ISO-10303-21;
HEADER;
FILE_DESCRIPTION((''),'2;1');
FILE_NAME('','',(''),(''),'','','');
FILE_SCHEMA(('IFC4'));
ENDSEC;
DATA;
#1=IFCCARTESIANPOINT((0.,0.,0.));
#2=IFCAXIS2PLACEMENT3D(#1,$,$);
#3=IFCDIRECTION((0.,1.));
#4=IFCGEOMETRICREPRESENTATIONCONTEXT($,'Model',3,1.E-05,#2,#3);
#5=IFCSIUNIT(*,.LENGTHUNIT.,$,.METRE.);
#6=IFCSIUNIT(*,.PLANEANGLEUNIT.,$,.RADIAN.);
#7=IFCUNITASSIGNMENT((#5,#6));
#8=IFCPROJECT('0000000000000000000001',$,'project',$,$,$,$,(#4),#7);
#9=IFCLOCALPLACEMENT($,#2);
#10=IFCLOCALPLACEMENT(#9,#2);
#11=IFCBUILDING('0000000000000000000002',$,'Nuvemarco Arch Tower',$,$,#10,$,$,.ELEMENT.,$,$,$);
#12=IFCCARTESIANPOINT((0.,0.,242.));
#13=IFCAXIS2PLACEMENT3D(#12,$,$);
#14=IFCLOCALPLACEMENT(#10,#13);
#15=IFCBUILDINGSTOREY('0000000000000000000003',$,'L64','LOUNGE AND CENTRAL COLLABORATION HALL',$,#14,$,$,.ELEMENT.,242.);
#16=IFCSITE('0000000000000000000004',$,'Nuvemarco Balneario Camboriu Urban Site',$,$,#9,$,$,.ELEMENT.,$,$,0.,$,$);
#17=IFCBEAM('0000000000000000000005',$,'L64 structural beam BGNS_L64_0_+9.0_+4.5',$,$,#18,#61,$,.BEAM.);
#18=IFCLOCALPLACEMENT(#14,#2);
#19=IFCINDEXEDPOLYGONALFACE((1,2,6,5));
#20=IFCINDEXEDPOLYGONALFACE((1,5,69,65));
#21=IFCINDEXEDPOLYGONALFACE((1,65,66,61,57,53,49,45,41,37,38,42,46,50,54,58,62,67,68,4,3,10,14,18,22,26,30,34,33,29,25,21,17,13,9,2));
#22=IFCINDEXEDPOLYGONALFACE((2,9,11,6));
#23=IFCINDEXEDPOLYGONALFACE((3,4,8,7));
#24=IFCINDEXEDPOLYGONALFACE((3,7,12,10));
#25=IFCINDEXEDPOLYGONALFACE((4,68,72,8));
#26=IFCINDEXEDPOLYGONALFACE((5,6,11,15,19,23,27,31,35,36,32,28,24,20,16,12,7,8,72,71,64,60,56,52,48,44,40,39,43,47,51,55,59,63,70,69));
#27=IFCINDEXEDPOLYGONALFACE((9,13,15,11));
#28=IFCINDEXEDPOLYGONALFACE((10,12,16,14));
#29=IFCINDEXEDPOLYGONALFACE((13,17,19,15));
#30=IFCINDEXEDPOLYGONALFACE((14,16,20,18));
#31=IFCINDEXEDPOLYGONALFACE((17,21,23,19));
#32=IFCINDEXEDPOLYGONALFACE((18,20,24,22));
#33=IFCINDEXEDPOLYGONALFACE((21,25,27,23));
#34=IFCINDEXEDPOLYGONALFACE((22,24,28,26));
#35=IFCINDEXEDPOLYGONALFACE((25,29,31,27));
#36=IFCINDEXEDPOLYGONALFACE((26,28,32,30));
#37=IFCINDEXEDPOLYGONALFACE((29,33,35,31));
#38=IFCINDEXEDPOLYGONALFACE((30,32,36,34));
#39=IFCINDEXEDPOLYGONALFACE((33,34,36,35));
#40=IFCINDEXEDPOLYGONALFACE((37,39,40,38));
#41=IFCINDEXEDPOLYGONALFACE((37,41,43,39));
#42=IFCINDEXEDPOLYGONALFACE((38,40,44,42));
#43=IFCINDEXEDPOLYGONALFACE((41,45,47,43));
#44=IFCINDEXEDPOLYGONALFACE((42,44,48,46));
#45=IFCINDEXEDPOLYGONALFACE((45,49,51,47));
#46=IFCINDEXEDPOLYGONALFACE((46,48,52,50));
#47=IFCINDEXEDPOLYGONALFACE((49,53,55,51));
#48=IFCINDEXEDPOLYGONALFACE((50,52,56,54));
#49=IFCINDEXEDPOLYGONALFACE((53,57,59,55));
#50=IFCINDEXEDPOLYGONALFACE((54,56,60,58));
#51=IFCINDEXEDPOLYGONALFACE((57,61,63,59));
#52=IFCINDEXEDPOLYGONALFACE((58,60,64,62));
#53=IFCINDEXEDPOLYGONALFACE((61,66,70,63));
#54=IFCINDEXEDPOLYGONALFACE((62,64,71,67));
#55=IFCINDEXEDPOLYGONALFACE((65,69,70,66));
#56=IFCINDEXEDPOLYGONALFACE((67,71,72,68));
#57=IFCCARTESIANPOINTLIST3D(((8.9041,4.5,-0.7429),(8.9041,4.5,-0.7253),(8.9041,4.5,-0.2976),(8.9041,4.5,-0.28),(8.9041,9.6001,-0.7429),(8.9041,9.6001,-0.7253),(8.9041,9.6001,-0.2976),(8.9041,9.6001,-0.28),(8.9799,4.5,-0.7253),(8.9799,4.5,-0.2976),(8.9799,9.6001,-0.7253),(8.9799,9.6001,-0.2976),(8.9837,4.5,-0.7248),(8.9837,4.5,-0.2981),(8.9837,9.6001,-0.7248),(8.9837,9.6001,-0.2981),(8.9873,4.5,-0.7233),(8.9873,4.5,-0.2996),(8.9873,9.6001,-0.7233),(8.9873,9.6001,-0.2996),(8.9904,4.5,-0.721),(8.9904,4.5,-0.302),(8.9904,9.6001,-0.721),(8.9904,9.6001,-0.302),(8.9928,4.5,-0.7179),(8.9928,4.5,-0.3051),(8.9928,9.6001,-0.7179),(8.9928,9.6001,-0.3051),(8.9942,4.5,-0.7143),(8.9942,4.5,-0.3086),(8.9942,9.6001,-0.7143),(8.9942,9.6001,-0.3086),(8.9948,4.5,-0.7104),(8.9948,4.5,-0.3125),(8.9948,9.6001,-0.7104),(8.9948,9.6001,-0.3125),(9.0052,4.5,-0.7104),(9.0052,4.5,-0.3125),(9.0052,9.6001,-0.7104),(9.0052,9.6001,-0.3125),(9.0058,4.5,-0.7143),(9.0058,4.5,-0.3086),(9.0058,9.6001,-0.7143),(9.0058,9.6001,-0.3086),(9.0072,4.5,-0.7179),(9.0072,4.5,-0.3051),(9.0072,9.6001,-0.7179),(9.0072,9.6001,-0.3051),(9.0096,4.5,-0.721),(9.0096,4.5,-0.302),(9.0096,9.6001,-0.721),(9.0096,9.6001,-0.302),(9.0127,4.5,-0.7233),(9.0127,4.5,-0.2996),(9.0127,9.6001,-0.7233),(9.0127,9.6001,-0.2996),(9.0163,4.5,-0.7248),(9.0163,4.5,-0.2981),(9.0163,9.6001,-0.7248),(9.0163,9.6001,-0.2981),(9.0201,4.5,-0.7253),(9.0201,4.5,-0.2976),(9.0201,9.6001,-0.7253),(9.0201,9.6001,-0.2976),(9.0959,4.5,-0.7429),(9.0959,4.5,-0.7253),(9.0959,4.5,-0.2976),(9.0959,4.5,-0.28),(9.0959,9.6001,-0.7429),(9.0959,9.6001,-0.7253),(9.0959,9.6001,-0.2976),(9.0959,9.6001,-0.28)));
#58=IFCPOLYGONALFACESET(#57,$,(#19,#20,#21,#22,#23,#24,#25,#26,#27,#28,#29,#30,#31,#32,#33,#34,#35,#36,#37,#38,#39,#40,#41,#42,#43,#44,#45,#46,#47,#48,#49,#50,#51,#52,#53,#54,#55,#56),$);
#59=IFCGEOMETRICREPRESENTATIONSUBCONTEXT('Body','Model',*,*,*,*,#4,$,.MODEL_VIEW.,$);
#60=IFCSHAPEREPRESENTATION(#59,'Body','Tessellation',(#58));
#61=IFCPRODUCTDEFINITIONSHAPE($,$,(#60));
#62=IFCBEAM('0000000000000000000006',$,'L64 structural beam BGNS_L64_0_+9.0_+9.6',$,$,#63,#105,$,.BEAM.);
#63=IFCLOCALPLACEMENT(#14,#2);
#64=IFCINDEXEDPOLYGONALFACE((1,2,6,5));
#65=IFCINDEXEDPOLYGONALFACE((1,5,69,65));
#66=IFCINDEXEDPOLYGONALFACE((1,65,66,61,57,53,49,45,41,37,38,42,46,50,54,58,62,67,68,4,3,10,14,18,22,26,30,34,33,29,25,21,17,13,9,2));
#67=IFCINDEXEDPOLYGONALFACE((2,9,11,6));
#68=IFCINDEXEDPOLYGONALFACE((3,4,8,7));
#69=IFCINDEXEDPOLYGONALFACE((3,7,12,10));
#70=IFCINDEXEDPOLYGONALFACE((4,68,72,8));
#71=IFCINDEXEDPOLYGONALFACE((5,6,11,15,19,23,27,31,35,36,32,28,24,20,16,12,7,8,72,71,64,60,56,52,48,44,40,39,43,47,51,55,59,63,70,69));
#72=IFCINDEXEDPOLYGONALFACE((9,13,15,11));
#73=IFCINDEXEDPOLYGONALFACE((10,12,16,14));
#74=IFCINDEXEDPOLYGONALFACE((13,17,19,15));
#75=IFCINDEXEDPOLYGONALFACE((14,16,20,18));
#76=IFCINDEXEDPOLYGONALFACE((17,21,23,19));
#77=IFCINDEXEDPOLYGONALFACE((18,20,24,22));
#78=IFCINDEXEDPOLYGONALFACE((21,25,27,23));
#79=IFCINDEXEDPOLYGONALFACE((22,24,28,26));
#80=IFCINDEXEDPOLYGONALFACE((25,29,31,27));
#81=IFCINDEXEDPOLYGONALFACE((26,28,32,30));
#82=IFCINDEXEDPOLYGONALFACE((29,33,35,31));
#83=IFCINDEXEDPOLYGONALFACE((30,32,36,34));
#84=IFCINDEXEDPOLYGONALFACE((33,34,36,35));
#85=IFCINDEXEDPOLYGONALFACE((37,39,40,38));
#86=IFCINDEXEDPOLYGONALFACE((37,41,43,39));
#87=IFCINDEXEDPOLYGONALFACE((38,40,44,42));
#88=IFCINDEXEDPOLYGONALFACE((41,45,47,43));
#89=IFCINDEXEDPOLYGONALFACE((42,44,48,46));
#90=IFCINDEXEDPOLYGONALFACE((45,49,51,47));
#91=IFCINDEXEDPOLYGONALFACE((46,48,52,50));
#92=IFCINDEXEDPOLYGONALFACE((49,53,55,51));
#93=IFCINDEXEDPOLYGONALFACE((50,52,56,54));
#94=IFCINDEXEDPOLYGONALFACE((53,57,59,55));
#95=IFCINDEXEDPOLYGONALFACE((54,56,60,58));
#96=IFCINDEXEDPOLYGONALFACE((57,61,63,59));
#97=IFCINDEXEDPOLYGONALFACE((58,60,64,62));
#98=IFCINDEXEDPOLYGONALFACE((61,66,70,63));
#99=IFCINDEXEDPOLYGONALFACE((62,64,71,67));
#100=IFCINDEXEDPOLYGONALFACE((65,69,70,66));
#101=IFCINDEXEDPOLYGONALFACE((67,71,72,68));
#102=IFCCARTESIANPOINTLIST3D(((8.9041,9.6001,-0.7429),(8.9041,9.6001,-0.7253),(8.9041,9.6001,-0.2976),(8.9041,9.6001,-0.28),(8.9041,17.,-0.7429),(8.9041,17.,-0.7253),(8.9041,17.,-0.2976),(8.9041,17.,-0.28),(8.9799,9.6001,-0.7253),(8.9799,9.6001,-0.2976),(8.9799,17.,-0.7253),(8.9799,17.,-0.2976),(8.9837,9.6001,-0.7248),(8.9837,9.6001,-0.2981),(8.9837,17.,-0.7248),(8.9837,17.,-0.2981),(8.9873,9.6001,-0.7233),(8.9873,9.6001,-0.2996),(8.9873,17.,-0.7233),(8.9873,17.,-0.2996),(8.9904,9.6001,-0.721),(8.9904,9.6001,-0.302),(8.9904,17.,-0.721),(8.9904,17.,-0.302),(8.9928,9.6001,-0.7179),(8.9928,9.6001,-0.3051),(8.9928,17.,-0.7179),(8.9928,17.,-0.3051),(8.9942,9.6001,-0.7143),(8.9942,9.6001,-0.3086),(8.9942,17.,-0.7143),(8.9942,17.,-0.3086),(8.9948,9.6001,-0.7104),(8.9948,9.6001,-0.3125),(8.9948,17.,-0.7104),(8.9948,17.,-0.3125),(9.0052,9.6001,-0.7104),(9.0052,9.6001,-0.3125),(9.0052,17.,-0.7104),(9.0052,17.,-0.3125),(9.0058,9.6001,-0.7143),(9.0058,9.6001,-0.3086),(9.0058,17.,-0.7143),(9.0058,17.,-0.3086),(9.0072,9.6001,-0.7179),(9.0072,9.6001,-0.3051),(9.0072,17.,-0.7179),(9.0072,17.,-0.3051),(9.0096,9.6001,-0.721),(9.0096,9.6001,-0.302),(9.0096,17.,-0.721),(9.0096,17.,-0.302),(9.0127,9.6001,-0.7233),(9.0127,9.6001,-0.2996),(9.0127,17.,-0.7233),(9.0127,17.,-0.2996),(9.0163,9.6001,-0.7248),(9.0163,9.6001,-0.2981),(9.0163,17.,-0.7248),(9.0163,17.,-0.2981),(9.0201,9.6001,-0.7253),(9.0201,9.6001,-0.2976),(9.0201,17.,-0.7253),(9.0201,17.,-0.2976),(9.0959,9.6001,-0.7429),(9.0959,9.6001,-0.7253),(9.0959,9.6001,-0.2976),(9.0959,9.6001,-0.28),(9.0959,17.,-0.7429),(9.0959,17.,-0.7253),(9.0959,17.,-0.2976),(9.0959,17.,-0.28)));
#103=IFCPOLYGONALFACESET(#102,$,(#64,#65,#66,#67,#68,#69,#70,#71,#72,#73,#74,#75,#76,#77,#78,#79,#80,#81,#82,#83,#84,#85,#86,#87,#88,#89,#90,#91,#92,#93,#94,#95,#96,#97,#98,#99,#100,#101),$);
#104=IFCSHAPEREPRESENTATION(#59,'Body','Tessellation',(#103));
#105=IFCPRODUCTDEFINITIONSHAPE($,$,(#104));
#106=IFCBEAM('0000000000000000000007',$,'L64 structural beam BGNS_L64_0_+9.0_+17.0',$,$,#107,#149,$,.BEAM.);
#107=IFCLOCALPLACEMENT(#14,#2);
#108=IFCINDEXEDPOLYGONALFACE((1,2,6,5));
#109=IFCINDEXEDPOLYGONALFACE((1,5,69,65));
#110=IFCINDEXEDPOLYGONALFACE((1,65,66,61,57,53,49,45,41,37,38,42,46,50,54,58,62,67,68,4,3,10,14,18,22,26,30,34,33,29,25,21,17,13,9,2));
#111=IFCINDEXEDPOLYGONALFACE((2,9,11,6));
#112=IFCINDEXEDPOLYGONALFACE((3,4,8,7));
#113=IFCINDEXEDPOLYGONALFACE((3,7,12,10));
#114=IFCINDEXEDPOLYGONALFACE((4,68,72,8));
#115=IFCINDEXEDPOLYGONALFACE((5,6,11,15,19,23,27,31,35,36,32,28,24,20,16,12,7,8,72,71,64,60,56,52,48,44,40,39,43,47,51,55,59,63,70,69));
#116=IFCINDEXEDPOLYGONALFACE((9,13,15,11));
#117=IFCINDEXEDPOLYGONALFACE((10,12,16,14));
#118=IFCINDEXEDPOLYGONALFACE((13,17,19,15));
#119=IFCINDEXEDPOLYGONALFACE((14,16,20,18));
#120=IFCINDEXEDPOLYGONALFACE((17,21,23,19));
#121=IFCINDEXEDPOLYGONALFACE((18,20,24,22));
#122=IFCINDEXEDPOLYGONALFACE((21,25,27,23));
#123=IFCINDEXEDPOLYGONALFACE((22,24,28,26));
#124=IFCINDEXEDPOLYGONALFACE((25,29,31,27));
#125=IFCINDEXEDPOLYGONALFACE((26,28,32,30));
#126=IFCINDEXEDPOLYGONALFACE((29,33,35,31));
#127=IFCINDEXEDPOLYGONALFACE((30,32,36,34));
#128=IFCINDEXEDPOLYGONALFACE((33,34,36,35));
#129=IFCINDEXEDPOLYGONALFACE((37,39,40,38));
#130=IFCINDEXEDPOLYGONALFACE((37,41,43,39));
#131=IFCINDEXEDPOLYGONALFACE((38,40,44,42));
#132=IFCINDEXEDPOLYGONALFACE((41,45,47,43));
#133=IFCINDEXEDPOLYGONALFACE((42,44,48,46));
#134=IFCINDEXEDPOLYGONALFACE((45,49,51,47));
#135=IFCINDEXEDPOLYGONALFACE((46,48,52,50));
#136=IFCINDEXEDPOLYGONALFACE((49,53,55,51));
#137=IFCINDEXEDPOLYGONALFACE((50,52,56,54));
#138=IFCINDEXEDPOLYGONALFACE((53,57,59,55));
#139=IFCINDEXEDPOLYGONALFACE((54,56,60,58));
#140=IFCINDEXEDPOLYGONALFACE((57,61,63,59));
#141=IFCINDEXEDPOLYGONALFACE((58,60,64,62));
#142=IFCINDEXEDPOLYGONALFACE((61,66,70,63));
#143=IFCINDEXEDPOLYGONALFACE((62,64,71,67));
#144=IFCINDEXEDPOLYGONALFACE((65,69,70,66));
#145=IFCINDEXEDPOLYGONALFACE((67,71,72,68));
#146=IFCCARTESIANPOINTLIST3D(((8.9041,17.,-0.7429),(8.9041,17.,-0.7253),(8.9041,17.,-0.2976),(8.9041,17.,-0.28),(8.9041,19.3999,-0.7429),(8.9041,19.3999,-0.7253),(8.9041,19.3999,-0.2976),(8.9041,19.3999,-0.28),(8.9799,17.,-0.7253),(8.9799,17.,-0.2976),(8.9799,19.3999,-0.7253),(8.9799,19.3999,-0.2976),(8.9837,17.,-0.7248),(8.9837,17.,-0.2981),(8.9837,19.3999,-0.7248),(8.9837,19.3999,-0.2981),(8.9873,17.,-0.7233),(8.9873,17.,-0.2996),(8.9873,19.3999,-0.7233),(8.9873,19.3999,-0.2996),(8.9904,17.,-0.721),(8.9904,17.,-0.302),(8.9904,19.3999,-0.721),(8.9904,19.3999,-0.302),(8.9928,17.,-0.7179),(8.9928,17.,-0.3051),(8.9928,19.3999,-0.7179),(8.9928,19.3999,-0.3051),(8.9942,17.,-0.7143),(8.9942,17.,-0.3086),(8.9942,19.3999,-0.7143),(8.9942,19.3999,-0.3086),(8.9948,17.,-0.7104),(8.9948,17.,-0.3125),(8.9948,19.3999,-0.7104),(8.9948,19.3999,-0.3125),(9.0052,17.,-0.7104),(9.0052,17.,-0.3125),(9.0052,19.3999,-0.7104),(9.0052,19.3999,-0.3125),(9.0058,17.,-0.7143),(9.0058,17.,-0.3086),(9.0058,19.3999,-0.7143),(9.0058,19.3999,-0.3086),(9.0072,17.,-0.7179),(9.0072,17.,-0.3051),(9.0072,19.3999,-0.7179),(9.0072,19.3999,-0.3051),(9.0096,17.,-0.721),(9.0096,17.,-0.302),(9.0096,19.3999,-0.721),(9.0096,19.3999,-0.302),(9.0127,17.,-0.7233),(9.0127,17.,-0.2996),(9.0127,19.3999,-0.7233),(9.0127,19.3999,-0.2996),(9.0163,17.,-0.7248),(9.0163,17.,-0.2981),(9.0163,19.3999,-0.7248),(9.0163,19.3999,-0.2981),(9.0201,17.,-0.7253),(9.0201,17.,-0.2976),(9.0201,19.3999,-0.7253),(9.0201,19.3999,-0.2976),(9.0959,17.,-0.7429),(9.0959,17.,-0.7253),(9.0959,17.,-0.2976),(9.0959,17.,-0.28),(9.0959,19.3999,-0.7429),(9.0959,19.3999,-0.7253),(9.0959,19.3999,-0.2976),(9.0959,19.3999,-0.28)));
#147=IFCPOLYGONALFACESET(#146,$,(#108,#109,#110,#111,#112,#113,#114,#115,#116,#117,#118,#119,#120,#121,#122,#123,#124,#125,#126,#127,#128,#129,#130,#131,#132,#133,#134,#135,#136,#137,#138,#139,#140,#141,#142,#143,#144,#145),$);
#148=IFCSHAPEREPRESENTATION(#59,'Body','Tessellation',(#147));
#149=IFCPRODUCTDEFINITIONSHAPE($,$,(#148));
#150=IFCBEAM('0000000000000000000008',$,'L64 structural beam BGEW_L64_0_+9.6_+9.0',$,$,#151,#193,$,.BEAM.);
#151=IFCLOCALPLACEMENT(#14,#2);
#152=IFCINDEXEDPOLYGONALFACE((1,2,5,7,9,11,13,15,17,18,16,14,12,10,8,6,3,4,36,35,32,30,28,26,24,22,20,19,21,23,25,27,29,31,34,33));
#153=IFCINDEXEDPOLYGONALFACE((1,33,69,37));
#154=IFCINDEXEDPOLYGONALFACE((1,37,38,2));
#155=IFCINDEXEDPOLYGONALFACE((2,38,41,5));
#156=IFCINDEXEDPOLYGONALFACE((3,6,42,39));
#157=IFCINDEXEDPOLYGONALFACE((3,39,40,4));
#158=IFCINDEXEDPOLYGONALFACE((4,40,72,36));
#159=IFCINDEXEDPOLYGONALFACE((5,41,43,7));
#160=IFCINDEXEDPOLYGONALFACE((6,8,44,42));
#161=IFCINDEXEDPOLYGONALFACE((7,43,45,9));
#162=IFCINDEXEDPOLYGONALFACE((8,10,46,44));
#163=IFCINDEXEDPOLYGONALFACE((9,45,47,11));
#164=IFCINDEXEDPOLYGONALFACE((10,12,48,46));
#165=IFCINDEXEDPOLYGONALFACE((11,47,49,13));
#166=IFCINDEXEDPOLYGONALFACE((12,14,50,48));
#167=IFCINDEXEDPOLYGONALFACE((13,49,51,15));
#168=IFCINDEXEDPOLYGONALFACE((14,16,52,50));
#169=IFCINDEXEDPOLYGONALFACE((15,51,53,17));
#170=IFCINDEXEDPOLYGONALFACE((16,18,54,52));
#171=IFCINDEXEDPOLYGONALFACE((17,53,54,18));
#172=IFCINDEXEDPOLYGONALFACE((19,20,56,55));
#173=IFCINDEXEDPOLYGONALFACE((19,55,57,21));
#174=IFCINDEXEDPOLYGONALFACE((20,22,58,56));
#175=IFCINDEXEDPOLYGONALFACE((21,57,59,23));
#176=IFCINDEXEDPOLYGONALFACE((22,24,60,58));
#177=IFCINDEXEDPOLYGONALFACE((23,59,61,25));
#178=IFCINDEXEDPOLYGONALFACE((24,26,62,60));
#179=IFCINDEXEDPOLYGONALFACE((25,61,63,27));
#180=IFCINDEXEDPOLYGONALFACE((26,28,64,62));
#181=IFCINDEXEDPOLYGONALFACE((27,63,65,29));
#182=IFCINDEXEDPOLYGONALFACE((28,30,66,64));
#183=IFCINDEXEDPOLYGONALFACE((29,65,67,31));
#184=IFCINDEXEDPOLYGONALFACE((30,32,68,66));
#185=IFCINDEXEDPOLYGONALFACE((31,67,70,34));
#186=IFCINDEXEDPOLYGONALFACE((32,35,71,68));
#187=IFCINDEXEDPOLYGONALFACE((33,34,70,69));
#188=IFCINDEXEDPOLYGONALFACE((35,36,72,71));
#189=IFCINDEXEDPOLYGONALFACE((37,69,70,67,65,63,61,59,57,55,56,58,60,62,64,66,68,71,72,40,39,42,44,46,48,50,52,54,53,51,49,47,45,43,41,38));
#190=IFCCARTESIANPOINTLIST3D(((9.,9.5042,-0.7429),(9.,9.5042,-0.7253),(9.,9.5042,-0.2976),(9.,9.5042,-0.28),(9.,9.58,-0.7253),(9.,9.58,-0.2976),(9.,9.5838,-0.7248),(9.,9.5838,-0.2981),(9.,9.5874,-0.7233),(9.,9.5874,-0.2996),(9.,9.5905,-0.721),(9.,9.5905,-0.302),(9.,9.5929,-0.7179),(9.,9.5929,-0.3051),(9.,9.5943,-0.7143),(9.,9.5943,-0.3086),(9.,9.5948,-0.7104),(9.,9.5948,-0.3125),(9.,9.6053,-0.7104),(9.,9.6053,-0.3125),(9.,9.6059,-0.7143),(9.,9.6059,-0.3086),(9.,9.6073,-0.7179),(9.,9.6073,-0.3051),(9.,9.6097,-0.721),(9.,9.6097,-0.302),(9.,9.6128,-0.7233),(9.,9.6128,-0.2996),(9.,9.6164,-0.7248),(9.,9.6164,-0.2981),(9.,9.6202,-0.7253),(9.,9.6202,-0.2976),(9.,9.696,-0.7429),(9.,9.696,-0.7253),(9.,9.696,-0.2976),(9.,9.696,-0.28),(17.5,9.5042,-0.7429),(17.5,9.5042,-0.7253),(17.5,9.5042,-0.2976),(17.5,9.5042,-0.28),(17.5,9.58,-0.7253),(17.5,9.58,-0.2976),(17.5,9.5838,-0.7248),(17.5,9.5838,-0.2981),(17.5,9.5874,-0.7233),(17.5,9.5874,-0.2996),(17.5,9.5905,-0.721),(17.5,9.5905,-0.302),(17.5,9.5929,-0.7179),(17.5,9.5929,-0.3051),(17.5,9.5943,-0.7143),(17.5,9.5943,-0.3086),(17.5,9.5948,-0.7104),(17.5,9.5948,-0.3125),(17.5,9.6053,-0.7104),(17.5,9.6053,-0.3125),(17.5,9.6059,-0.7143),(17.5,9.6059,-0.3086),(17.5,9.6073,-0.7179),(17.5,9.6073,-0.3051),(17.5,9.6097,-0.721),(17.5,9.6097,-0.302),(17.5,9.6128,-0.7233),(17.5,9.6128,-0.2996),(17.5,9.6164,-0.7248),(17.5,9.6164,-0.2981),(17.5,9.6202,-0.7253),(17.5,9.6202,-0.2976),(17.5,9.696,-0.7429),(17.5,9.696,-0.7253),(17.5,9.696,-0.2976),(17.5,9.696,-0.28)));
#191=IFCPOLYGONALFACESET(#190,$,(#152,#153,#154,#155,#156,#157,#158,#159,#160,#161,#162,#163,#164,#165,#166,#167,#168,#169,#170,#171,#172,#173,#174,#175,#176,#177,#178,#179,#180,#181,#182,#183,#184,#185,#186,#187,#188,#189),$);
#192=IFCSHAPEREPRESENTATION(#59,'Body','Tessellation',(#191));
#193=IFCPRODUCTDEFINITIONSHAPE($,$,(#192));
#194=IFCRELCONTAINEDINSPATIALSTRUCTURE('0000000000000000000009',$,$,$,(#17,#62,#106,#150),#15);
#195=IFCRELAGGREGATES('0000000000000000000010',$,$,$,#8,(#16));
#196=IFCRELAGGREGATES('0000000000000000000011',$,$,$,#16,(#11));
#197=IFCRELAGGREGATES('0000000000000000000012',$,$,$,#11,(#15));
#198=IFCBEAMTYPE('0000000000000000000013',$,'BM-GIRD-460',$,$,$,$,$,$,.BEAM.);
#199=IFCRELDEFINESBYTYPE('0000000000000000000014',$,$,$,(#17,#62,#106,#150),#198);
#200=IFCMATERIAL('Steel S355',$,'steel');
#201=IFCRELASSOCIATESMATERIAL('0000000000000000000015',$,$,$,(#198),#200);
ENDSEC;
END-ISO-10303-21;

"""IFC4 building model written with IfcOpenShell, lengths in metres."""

from ifc_helpers import new_model, si_unit, direction, frame, origin, origin_2d, place, context, subcontext, project, spatial, i_section, extrude, material, material_profile, profile_set, type_object, element, save


model = new_model("IFC4")

# Units and contexts
model_context = context("Model", 3, precision=1e-05, world=origin(), true_north=direction((0.0, 1.0)))
body_context = subcontext(model_context, "Body", "Model", "MODEL_VIEW")
ifc_project = project(units=[si_unit("LENGTHUNIT", "METRE"), si_unit("PLANEANGLEUNIT", "RADIAN")], contexts=[model_context])

# Site, building, storey
site_placement = place(None, origin())
site = spatial("IfcSite", under=ifc_project, at=site_placement, Name="Nuvemarco Balneario Camboriu Urban Site", CompositionType="ELEMENT", RefElevation=0.0)
building_placement = place(site_placement, origin())
building = spatial("IfcBuilding", under=site, at=building_placement, Name="Nuvemarco Arch Tower", CompositionType="ELEMENT")
storey_placement = place(building_placement, frame((0.0, 0.0, 242.0)))
storey = spatial("IfcBuildingStorey", under=building, at=storey_placement, Name="L64", Description="LOUNGE AND CENTRAL COLLABORATION HALL", CompositionType="ELEMENT", Elevation=242.0)

# Shared definitions
ifc_material_1 = material(Name="Steel S355", Category="steel")

# Beams
ifc_material_profile_1 = material_profile(ifc_material_1, i_section(OverallWidth=0.1919, OverallDepth=0.4629, WebThickness=0.0105, FlangeThickness=0.0176, FilletRadius=0.0149, at=origin_2d()), Name="W460x89")
ifc_profile_set_1 = profile_set([ifc_material_profile_1], Name="Steel S355")
beam_type_1 = type_object("IfcBeamType", Name="BM-GIRD-460", PredefinedType="BEAM", material=ifc_profile_set_1)
beam_1_placement = place(storey_placement, frame((9.0, 4.5, -0.5115), z_axis=(0.0, 1.0, 0.0), x_axis=(-1.0, 0.0, 0.0)))
element("IfcBeam", 1, at=beam_1_placement, inside=storey, type_object=beam_type_1, Name="L64 structural beam BGNS_L64_0_+9.0_+4.5", PredefinedType="BEAM", context=body_context, shape_type="SweptSolid", body=[
    extrude(i_section(OverallWidth=0.1919, OverallDepth=0.4629, WebThickness=0.0105, FlangeThickness=0.0176, FilletRadius=0.0149, at=origin_2d()), origin(), (0.0, 0.0, 1.0), 5.1001),
])
beam_2_placement = place(storey_placement, frame((9.0, 9.6001, -0.5115), z_axis=(0.0, 1.0, 0.0), x_axis=(-1.0, 0.0, 0.0)))
element("IfcBeam", 2, at=beam_2_placement, inside=storey, type_object=beam_type_1, Name="L64 structural beam BGNS_L64_0_+9.0_+9.6", PredefinedType="BEAM", context=body_context, shape_type="SweptSolid", body=[
    extrude(i_section(OverallWidth=0.1919, OverallDepth=0.4629, WebThickness=0.0105, FlangeThickness=0.0176, FilletRadius=0.0149, at=origin_2d()), origin(), (0.0, 0.0, 1.0), 7.3999),
])
beam_3_placement = place(storey_placement, frame((9.0, 17.0, -0.5115), z_axis=(0.0, 1.0, 0.0), x_axis=(-1.0, 0.0, 0.0)))
element("IfcBeam", 3, at=beam_3_placement, inside=storey, type_object=beam_type_1, Name="L64 structural beam BGNS_L64_0_+9.0_+17.0", PredefinedType="BEAM", context=body_context, shape_type="SweptSolid", body=[
    extrude(i_section(OverallWidth=0.1919, OverallDepth=0.4629, WebThickness=0.0105, FlangeThickness=0.0176, FilletRadius=0.0149, at=origin_2d()), origin(), (0.0, 0.0, 1.0), 2.3999),
])
beam_4_placement = place(storey_placement, frame((9.0, 9.6001, -0.5115), z_axis=(1.0, 0.0, 0.0), x_axis=(0.0, 1.0, 0.0)))
element("IfcBeam", 4, at=beam_4_placement, inside=storey, type_object=beam_type_1, Name="L64 structural beam BGEW_L64_0_+9.6_+9.0", PredefinedType="BEAM", context=body_context, shape_type="SweptSolid", body=[
    extrude(i_section(OverallWidth=0.1919, OverallDepth=0.4629, WebThickness=0.0105, FlangeThickness=0.0176, FilletRadius=0.0149, at=origin_2d()), origin(), (0.0, 0.0, 1.0), 8.5),
])

save(model, "model.ifc")
